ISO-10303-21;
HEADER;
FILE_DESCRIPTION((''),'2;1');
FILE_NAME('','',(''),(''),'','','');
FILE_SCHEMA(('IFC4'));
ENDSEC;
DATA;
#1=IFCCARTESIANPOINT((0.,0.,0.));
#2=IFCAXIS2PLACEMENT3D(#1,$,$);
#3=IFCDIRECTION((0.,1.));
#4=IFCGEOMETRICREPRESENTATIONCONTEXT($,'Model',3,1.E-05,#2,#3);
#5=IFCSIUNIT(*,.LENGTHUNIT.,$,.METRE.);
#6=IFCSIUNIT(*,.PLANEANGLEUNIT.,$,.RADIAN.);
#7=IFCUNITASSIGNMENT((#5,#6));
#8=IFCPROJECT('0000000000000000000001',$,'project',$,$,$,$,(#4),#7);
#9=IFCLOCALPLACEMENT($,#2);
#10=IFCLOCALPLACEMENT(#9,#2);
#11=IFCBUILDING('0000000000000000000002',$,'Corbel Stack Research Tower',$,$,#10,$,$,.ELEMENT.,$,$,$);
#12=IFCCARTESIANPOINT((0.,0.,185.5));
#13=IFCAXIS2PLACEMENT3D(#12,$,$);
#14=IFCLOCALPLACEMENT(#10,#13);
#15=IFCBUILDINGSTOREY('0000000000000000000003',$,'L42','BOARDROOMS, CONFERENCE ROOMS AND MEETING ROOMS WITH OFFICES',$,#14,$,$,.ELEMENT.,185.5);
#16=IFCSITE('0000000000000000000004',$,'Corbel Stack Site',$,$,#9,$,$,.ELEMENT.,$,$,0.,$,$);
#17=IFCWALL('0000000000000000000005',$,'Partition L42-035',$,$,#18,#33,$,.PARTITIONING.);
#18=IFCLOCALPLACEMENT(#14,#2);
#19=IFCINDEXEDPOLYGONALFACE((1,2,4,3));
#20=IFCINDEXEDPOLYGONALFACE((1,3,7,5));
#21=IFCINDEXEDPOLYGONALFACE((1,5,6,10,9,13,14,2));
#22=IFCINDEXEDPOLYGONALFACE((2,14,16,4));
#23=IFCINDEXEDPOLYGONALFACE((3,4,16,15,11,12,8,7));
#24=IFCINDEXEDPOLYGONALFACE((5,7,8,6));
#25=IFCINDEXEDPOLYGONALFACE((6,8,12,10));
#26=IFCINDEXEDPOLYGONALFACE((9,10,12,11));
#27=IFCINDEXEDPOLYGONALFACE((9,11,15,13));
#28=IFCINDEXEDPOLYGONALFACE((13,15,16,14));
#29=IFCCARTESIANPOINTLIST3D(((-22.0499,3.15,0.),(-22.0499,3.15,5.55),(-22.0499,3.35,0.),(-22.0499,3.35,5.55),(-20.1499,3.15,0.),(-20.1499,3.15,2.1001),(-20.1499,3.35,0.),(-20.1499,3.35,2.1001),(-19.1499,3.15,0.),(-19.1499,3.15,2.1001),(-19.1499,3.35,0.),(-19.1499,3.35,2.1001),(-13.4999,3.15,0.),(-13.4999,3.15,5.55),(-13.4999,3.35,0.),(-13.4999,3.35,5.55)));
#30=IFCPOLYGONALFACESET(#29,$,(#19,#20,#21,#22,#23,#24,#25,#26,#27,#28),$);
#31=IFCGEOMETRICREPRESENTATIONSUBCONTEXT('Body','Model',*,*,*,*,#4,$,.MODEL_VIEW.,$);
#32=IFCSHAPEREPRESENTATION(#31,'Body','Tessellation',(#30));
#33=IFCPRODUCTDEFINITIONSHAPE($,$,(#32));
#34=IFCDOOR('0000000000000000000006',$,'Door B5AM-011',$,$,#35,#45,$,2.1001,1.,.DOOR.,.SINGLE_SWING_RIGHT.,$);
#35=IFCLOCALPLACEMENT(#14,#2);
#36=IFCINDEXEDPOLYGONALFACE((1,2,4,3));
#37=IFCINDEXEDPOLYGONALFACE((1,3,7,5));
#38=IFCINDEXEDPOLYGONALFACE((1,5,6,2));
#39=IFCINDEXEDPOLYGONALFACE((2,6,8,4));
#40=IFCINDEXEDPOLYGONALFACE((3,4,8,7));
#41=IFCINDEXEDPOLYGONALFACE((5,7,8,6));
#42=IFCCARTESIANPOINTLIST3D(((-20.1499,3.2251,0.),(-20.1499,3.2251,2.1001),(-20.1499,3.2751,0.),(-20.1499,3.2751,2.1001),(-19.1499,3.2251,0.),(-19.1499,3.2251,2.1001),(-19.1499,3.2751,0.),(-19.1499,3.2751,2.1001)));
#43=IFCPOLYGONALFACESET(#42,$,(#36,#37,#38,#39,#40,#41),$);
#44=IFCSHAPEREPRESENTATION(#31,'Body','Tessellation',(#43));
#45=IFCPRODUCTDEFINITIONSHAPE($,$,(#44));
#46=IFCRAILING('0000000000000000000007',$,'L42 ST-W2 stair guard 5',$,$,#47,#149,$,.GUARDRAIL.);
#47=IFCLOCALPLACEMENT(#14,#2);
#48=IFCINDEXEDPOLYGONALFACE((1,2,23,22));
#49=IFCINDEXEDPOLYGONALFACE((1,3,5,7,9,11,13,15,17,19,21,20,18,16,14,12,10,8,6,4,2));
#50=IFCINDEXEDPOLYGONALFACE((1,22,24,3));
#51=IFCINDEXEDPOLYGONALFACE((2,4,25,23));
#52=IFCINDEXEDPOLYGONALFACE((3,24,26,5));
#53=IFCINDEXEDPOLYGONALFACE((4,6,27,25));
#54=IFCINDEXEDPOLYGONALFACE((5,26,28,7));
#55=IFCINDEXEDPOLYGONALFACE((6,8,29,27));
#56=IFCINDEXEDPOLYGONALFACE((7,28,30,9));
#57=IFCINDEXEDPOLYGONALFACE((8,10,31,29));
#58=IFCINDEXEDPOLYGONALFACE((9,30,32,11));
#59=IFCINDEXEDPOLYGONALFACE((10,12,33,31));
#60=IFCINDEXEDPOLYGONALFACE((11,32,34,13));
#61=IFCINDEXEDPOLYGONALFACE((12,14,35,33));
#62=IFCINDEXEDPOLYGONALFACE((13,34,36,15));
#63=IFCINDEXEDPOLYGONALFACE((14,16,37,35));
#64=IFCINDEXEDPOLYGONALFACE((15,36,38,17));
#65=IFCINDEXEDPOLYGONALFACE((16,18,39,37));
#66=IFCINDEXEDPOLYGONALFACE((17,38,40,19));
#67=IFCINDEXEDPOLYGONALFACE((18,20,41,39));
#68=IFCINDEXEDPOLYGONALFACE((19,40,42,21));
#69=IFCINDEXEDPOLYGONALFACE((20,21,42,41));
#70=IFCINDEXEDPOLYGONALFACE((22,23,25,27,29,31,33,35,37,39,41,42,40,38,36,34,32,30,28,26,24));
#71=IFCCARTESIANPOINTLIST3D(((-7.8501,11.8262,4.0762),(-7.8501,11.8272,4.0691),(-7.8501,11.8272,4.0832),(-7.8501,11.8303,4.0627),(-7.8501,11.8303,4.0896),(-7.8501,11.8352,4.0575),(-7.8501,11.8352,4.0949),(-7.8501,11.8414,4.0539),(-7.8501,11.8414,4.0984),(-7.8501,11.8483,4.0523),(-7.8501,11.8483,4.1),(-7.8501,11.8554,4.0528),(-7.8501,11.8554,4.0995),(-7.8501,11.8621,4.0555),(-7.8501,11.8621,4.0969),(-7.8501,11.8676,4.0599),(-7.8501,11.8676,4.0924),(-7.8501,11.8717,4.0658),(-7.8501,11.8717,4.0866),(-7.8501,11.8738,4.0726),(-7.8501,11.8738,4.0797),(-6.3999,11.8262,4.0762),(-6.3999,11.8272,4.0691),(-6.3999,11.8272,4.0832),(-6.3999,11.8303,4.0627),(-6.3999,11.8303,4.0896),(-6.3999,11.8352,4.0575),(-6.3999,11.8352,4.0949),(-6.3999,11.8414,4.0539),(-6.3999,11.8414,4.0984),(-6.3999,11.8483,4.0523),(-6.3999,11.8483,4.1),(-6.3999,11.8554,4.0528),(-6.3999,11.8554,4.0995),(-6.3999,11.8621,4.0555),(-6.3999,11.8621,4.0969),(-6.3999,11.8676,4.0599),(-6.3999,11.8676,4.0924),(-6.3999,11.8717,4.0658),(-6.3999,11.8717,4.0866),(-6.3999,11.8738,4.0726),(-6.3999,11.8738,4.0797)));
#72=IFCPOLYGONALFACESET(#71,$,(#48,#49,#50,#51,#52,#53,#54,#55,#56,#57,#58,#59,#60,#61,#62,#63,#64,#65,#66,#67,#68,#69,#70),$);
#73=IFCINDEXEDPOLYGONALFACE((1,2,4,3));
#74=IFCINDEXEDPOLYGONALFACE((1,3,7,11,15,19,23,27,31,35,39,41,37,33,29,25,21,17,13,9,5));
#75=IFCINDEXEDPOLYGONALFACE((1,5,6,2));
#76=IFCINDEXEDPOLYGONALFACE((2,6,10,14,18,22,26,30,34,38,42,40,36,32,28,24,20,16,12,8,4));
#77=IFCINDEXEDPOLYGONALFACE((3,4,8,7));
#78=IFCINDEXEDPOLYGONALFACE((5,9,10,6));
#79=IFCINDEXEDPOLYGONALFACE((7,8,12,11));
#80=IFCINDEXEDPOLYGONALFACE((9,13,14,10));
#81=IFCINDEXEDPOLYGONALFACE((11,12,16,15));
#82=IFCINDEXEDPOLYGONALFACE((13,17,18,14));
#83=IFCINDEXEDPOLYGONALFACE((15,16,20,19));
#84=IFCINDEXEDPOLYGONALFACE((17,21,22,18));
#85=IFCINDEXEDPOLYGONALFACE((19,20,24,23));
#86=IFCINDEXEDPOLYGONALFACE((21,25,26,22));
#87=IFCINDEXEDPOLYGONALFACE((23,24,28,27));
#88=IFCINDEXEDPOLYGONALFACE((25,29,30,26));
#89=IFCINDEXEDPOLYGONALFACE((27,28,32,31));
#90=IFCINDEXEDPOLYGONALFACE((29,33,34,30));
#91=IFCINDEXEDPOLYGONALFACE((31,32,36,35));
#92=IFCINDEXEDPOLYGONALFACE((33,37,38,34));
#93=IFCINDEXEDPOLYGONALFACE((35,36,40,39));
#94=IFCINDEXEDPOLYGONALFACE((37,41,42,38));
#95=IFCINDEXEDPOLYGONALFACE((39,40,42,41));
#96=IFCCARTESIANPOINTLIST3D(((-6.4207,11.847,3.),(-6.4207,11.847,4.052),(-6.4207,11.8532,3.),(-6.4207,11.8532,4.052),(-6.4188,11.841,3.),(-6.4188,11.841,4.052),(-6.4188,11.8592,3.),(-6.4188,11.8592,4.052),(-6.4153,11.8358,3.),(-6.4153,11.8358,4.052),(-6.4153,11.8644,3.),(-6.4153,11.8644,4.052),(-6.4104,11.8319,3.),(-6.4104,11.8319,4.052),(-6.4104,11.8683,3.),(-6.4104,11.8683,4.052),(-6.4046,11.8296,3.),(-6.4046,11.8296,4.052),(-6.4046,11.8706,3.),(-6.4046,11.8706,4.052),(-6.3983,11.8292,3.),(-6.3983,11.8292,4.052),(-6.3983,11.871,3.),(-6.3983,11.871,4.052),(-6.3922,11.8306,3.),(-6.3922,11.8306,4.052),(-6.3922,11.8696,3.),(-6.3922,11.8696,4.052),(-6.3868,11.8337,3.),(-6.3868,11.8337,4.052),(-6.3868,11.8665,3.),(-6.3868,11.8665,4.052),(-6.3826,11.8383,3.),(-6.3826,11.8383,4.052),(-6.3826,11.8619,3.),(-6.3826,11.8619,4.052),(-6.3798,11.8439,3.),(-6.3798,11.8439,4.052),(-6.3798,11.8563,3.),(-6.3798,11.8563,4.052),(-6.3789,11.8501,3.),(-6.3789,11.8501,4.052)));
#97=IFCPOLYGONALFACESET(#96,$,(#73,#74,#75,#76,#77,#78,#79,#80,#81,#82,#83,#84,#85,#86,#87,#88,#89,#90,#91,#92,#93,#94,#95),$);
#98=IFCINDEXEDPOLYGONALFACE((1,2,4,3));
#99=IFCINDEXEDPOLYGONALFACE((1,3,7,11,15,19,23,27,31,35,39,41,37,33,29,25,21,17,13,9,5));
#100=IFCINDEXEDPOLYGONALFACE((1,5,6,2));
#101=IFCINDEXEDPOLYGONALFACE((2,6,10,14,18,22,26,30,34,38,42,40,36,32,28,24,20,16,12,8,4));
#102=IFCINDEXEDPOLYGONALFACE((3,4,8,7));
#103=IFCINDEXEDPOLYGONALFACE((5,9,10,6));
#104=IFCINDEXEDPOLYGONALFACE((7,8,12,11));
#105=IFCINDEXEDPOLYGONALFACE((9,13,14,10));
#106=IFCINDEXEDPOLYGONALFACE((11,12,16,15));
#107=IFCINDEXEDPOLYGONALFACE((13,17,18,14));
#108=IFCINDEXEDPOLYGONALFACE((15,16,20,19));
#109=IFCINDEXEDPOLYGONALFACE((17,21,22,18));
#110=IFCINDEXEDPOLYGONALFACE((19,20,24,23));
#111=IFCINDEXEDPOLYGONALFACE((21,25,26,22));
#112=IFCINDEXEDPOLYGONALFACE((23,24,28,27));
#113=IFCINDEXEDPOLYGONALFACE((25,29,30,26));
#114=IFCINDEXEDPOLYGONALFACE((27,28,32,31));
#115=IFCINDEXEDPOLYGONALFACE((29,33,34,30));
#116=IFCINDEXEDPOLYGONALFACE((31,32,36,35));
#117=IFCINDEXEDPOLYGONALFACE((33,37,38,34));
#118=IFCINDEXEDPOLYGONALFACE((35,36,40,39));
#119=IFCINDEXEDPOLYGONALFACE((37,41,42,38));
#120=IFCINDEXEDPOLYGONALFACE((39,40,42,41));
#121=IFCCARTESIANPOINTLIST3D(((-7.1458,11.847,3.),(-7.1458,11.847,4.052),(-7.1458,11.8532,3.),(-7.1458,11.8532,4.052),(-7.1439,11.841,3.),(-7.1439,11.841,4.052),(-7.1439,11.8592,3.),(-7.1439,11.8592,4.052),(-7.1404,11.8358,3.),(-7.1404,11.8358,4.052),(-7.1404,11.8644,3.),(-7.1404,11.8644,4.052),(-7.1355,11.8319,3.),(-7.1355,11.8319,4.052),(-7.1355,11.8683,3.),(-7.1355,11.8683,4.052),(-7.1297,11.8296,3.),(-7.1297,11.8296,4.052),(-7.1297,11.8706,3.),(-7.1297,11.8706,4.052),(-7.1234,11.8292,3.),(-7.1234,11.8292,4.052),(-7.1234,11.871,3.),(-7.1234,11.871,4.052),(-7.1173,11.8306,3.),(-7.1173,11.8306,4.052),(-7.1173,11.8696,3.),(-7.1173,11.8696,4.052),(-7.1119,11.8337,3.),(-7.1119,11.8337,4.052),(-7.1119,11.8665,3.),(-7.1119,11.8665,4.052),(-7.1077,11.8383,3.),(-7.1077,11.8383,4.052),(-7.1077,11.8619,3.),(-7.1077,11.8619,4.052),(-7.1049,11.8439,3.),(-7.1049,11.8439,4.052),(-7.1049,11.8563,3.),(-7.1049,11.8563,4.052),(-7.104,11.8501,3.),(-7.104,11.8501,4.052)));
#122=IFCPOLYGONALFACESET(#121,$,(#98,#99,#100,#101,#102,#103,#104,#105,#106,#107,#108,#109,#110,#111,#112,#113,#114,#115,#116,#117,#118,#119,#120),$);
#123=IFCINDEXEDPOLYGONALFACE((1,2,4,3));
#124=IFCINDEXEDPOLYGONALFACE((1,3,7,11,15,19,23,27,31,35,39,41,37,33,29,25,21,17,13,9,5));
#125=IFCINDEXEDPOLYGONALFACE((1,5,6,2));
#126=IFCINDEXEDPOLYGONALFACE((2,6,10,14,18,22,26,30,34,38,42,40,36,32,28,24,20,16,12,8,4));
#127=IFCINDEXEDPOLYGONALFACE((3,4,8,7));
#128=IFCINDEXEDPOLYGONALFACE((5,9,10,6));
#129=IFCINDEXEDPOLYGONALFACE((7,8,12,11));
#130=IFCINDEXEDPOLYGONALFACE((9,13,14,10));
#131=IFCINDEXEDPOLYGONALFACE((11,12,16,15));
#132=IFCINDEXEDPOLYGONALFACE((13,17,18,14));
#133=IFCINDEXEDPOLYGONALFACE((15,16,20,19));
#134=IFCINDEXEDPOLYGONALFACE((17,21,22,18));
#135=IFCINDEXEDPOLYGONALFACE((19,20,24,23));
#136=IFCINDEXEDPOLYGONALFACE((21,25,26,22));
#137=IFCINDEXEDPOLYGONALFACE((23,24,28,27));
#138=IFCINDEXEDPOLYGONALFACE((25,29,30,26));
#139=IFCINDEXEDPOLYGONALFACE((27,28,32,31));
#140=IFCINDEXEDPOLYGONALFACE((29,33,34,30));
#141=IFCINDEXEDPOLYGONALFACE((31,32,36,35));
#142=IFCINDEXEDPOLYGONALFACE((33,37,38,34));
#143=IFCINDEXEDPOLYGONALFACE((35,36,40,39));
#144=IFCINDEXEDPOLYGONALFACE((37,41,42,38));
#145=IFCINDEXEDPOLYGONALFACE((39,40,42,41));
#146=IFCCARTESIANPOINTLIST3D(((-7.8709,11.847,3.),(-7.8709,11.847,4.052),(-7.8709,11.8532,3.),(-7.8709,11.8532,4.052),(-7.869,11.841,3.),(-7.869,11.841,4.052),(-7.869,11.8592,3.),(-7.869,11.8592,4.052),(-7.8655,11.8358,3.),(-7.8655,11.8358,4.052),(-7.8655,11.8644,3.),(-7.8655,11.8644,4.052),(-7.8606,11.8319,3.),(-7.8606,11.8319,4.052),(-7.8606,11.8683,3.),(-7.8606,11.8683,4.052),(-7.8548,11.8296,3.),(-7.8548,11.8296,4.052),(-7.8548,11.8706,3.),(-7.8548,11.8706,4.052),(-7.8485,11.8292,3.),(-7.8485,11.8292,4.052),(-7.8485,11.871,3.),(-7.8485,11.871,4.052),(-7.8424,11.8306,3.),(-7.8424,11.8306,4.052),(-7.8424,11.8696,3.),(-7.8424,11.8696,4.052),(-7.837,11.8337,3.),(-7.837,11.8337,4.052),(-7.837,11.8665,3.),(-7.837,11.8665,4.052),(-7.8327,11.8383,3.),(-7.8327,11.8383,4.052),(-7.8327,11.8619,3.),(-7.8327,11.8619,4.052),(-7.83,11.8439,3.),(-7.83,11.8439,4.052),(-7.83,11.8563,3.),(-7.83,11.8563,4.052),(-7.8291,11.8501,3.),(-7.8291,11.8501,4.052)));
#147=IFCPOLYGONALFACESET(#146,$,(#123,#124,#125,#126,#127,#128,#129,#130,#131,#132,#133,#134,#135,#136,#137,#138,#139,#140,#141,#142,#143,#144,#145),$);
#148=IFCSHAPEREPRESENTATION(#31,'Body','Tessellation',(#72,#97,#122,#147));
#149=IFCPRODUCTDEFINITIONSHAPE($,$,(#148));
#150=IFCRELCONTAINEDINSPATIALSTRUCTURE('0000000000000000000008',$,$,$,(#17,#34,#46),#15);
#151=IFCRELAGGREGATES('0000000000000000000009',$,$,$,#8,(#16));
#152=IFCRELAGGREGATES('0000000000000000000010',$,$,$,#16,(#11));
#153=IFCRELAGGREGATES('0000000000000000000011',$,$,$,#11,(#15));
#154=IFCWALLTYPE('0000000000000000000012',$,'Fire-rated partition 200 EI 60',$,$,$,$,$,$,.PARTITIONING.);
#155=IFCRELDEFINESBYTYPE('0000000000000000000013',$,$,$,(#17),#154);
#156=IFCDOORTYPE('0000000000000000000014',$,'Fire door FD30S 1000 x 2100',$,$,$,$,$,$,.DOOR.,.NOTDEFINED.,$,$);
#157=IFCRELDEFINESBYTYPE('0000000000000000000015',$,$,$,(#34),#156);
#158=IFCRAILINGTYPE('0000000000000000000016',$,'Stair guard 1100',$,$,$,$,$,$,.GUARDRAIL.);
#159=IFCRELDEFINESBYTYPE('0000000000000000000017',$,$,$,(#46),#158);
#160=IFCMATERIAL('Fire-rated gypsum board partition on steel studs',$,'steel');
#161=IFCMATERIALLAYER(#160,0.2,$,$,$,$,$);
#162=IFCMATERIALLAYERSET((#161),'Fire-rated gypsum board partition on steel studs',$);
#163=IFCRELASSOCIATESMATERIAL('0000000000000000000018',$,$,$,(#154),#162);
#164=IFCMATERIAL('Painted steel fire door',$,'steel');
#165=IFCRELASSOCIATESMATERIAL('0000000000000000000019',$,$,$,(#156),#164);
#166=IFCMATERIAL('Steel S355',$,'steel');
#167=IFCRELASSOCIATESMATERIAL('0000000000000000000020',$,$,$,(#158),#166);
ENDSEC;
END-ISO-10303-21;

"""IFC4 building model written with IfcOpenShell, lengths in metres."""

from ifc_helpers import new_model, si_unit, direction, frame, frame_2d, origin, origin_2d, place, context, subcontext, project, spatial, rectangle, circle, extrude, material, layer, layer_set, type_object, element, fill, save


model = new_model("IFC4")

# Units and contexts
model_context = context("Model", 3, precision=1e-05, world=origin(), true_north=direction((0.0, 1.0)))
body_context = subcontext(model_context, "Body", "Model", "MODEL_VIEW")
ifc_project = project(units=[si_unit("LENGTHUNIT", "METRE"), si_unit("PLANEANGLEUNIT", "RADIAN")], contexts=[model_context])

# Site, building, storey
site_placement = place(None, origin())
site = spatial("IfcSite", under=ifc_project, at=site_placement, Name="Corbel Stack Site", CompositionType="ELEMENT", RefElevation=0.0)
building_placement = place(site_placement, origin())
building = spatial("IfcBuilding", under=site, at=building_placement, Name="Corbel Stack Research Tower", CompositionType="ELEMENT")
storey_placement = place(building_placement, frame((0.0, 0.0, 185.5)))
storey = spatial("IfcBuildingStorey", under=building, at=storey_placement, Name="L42", Description="BOARDROOMS, CONFERENCE ROOMS AND MEETING ROOMS WITH OFFICES", CompositionType="ELEMENT", Elevation=185.5)

# Shared definitions
ifc_material_1 = material(Name="Fire-rated gypsum board partition on steel studs", Category="steel")
ifc_layer_1 = layer(ifc_material_1, 0.2)
ifc_layer_set_1 = layer_set([ifc_layer_1], Name="Fire-rated gypsum board partition on steel studs")
wall_type_1 = type_object("IfcWallType", Name="Fire-rated partition 200 EI 60", PredefinedType="PARTITIONING", material=ifc_layer_set_1)

# Wall, opening, door
wall_1_placement = place(storey_placement, frame((-13.5, 3.25, 0.0), z_axis=(0.0, 0.0, 1.0), x_axis=(-1.0, 0.0, 0.0)))
wall_1 = element("IfcWall", 1, at=wall_1_placement, inside=storey, type_object=wall_type_1, Name="Partition L42-035", PredefinedType="PARTITIONING", context=body_context, shape_type="SweptSolid", body=[
    extrude(rectangle(XDim=8.55, YDim=0.2, at=frame_2d((4.2749, 0.0))), origin(), (0.0, 0.0, 1.0), 5.55),
])
opening_1_placement = place(wall_1_placement, frame((5.6499, 0.0, 0.0)))
opening_1 = element("IfcOpeningElement", 2, at=opening_1_placement, cuts=wall_1, PredefinedType="OPENING", context=body_context, shape_type="SweptSolid", body=[
    extrude(rectangle(XDim=1.0, YDim=2.1001, at=frame_2d((0.5, 1.05))), frame((0.0, 0.1099, 0.0), z_axis=(0.0, -1.0, 0.0), x_axis=(1.0, 0.0, 0.0)), (0.0, 0.0, 1.0), 0.22),
])
ifc_material_2 = material(Name="Painted steel fire door", Category="steel")
door_type_1 = type_object("IfcDoorType", Name="Fire door FD30S 1000 x 2100", OperationType="NOTDEFINED", PredefinedType="DOOR", material=ifc_material_2)
door_1_placement = place(opening_1_placement, origin())
door_1 = element("IfcDoor", 3, at=door_1_placement, inside=storey, type_object=door_type_1, Name="Door B5AM-011", OperationType="SINGLE_SWING_RIGHT", OverallHeight=2.1001, OverallWidth=1.0, PredefinedType="DOOR", context=body_context, shape_type="SweptSolid", body=[
    extrude(rectangle(XDim=1.0, YDim=2.1001, at=frame_2d((0.5, 1.05))), frame((0.0, 0.0249, 0.0), z_axis=(0.0, -1.0, 0.0), x_axis=(1.0, 0.0, 0.0)), (0.0, 0.0, 1.0), 0.05),
])
fill(opening_1, door_1)

# Railing
ifc_material_3 = material(Name="Steel S355", Category="steel")
railing_type = type_object("IfcRailingType", Name="Stair guard 1100", PredefinedType="GUARDRAIL", material=ifc_material_3)
railing_1_placement = place(storey_placement, frame((-6.3999, 11.8501, 3.0)))
element("IfcRailing", 4, at=railing_1_placement, inside=storey, type_object=railing_type, Name="L42 ST-W2 stair guard 5", PredefinedType="GUARDRAIL", context=body_context, shape_type="SweptSolid", body=[
    extrude(circle(Radius=0.0239, at=origin_2d()), frame((0.0, 0.0, 1.0762), z_axis=(-1.0, 0.0, 0.0), x_axis=(0.0, -1.0, 0.0)), (0.0, 0.0, 1.0), 1.4502),
    extrude(circle(Radius=0.021, at=origin_2d()), origin(), (0.0, 0.0, 1.0), 1.052),
    extrude(circle(Radius=0.021, at=origin_2d()), frame((-0.7251, 0.0, 0.0)), (0.0, 0.0, 1.0), 1.052),
    extrude(circle(Radius=0.021, at=origin_2d()), frame((-1.4502, 0.0, 0.0)), (0.0, 0.0, 1.0), 1.052),
])

save(model, "model.ifc")
